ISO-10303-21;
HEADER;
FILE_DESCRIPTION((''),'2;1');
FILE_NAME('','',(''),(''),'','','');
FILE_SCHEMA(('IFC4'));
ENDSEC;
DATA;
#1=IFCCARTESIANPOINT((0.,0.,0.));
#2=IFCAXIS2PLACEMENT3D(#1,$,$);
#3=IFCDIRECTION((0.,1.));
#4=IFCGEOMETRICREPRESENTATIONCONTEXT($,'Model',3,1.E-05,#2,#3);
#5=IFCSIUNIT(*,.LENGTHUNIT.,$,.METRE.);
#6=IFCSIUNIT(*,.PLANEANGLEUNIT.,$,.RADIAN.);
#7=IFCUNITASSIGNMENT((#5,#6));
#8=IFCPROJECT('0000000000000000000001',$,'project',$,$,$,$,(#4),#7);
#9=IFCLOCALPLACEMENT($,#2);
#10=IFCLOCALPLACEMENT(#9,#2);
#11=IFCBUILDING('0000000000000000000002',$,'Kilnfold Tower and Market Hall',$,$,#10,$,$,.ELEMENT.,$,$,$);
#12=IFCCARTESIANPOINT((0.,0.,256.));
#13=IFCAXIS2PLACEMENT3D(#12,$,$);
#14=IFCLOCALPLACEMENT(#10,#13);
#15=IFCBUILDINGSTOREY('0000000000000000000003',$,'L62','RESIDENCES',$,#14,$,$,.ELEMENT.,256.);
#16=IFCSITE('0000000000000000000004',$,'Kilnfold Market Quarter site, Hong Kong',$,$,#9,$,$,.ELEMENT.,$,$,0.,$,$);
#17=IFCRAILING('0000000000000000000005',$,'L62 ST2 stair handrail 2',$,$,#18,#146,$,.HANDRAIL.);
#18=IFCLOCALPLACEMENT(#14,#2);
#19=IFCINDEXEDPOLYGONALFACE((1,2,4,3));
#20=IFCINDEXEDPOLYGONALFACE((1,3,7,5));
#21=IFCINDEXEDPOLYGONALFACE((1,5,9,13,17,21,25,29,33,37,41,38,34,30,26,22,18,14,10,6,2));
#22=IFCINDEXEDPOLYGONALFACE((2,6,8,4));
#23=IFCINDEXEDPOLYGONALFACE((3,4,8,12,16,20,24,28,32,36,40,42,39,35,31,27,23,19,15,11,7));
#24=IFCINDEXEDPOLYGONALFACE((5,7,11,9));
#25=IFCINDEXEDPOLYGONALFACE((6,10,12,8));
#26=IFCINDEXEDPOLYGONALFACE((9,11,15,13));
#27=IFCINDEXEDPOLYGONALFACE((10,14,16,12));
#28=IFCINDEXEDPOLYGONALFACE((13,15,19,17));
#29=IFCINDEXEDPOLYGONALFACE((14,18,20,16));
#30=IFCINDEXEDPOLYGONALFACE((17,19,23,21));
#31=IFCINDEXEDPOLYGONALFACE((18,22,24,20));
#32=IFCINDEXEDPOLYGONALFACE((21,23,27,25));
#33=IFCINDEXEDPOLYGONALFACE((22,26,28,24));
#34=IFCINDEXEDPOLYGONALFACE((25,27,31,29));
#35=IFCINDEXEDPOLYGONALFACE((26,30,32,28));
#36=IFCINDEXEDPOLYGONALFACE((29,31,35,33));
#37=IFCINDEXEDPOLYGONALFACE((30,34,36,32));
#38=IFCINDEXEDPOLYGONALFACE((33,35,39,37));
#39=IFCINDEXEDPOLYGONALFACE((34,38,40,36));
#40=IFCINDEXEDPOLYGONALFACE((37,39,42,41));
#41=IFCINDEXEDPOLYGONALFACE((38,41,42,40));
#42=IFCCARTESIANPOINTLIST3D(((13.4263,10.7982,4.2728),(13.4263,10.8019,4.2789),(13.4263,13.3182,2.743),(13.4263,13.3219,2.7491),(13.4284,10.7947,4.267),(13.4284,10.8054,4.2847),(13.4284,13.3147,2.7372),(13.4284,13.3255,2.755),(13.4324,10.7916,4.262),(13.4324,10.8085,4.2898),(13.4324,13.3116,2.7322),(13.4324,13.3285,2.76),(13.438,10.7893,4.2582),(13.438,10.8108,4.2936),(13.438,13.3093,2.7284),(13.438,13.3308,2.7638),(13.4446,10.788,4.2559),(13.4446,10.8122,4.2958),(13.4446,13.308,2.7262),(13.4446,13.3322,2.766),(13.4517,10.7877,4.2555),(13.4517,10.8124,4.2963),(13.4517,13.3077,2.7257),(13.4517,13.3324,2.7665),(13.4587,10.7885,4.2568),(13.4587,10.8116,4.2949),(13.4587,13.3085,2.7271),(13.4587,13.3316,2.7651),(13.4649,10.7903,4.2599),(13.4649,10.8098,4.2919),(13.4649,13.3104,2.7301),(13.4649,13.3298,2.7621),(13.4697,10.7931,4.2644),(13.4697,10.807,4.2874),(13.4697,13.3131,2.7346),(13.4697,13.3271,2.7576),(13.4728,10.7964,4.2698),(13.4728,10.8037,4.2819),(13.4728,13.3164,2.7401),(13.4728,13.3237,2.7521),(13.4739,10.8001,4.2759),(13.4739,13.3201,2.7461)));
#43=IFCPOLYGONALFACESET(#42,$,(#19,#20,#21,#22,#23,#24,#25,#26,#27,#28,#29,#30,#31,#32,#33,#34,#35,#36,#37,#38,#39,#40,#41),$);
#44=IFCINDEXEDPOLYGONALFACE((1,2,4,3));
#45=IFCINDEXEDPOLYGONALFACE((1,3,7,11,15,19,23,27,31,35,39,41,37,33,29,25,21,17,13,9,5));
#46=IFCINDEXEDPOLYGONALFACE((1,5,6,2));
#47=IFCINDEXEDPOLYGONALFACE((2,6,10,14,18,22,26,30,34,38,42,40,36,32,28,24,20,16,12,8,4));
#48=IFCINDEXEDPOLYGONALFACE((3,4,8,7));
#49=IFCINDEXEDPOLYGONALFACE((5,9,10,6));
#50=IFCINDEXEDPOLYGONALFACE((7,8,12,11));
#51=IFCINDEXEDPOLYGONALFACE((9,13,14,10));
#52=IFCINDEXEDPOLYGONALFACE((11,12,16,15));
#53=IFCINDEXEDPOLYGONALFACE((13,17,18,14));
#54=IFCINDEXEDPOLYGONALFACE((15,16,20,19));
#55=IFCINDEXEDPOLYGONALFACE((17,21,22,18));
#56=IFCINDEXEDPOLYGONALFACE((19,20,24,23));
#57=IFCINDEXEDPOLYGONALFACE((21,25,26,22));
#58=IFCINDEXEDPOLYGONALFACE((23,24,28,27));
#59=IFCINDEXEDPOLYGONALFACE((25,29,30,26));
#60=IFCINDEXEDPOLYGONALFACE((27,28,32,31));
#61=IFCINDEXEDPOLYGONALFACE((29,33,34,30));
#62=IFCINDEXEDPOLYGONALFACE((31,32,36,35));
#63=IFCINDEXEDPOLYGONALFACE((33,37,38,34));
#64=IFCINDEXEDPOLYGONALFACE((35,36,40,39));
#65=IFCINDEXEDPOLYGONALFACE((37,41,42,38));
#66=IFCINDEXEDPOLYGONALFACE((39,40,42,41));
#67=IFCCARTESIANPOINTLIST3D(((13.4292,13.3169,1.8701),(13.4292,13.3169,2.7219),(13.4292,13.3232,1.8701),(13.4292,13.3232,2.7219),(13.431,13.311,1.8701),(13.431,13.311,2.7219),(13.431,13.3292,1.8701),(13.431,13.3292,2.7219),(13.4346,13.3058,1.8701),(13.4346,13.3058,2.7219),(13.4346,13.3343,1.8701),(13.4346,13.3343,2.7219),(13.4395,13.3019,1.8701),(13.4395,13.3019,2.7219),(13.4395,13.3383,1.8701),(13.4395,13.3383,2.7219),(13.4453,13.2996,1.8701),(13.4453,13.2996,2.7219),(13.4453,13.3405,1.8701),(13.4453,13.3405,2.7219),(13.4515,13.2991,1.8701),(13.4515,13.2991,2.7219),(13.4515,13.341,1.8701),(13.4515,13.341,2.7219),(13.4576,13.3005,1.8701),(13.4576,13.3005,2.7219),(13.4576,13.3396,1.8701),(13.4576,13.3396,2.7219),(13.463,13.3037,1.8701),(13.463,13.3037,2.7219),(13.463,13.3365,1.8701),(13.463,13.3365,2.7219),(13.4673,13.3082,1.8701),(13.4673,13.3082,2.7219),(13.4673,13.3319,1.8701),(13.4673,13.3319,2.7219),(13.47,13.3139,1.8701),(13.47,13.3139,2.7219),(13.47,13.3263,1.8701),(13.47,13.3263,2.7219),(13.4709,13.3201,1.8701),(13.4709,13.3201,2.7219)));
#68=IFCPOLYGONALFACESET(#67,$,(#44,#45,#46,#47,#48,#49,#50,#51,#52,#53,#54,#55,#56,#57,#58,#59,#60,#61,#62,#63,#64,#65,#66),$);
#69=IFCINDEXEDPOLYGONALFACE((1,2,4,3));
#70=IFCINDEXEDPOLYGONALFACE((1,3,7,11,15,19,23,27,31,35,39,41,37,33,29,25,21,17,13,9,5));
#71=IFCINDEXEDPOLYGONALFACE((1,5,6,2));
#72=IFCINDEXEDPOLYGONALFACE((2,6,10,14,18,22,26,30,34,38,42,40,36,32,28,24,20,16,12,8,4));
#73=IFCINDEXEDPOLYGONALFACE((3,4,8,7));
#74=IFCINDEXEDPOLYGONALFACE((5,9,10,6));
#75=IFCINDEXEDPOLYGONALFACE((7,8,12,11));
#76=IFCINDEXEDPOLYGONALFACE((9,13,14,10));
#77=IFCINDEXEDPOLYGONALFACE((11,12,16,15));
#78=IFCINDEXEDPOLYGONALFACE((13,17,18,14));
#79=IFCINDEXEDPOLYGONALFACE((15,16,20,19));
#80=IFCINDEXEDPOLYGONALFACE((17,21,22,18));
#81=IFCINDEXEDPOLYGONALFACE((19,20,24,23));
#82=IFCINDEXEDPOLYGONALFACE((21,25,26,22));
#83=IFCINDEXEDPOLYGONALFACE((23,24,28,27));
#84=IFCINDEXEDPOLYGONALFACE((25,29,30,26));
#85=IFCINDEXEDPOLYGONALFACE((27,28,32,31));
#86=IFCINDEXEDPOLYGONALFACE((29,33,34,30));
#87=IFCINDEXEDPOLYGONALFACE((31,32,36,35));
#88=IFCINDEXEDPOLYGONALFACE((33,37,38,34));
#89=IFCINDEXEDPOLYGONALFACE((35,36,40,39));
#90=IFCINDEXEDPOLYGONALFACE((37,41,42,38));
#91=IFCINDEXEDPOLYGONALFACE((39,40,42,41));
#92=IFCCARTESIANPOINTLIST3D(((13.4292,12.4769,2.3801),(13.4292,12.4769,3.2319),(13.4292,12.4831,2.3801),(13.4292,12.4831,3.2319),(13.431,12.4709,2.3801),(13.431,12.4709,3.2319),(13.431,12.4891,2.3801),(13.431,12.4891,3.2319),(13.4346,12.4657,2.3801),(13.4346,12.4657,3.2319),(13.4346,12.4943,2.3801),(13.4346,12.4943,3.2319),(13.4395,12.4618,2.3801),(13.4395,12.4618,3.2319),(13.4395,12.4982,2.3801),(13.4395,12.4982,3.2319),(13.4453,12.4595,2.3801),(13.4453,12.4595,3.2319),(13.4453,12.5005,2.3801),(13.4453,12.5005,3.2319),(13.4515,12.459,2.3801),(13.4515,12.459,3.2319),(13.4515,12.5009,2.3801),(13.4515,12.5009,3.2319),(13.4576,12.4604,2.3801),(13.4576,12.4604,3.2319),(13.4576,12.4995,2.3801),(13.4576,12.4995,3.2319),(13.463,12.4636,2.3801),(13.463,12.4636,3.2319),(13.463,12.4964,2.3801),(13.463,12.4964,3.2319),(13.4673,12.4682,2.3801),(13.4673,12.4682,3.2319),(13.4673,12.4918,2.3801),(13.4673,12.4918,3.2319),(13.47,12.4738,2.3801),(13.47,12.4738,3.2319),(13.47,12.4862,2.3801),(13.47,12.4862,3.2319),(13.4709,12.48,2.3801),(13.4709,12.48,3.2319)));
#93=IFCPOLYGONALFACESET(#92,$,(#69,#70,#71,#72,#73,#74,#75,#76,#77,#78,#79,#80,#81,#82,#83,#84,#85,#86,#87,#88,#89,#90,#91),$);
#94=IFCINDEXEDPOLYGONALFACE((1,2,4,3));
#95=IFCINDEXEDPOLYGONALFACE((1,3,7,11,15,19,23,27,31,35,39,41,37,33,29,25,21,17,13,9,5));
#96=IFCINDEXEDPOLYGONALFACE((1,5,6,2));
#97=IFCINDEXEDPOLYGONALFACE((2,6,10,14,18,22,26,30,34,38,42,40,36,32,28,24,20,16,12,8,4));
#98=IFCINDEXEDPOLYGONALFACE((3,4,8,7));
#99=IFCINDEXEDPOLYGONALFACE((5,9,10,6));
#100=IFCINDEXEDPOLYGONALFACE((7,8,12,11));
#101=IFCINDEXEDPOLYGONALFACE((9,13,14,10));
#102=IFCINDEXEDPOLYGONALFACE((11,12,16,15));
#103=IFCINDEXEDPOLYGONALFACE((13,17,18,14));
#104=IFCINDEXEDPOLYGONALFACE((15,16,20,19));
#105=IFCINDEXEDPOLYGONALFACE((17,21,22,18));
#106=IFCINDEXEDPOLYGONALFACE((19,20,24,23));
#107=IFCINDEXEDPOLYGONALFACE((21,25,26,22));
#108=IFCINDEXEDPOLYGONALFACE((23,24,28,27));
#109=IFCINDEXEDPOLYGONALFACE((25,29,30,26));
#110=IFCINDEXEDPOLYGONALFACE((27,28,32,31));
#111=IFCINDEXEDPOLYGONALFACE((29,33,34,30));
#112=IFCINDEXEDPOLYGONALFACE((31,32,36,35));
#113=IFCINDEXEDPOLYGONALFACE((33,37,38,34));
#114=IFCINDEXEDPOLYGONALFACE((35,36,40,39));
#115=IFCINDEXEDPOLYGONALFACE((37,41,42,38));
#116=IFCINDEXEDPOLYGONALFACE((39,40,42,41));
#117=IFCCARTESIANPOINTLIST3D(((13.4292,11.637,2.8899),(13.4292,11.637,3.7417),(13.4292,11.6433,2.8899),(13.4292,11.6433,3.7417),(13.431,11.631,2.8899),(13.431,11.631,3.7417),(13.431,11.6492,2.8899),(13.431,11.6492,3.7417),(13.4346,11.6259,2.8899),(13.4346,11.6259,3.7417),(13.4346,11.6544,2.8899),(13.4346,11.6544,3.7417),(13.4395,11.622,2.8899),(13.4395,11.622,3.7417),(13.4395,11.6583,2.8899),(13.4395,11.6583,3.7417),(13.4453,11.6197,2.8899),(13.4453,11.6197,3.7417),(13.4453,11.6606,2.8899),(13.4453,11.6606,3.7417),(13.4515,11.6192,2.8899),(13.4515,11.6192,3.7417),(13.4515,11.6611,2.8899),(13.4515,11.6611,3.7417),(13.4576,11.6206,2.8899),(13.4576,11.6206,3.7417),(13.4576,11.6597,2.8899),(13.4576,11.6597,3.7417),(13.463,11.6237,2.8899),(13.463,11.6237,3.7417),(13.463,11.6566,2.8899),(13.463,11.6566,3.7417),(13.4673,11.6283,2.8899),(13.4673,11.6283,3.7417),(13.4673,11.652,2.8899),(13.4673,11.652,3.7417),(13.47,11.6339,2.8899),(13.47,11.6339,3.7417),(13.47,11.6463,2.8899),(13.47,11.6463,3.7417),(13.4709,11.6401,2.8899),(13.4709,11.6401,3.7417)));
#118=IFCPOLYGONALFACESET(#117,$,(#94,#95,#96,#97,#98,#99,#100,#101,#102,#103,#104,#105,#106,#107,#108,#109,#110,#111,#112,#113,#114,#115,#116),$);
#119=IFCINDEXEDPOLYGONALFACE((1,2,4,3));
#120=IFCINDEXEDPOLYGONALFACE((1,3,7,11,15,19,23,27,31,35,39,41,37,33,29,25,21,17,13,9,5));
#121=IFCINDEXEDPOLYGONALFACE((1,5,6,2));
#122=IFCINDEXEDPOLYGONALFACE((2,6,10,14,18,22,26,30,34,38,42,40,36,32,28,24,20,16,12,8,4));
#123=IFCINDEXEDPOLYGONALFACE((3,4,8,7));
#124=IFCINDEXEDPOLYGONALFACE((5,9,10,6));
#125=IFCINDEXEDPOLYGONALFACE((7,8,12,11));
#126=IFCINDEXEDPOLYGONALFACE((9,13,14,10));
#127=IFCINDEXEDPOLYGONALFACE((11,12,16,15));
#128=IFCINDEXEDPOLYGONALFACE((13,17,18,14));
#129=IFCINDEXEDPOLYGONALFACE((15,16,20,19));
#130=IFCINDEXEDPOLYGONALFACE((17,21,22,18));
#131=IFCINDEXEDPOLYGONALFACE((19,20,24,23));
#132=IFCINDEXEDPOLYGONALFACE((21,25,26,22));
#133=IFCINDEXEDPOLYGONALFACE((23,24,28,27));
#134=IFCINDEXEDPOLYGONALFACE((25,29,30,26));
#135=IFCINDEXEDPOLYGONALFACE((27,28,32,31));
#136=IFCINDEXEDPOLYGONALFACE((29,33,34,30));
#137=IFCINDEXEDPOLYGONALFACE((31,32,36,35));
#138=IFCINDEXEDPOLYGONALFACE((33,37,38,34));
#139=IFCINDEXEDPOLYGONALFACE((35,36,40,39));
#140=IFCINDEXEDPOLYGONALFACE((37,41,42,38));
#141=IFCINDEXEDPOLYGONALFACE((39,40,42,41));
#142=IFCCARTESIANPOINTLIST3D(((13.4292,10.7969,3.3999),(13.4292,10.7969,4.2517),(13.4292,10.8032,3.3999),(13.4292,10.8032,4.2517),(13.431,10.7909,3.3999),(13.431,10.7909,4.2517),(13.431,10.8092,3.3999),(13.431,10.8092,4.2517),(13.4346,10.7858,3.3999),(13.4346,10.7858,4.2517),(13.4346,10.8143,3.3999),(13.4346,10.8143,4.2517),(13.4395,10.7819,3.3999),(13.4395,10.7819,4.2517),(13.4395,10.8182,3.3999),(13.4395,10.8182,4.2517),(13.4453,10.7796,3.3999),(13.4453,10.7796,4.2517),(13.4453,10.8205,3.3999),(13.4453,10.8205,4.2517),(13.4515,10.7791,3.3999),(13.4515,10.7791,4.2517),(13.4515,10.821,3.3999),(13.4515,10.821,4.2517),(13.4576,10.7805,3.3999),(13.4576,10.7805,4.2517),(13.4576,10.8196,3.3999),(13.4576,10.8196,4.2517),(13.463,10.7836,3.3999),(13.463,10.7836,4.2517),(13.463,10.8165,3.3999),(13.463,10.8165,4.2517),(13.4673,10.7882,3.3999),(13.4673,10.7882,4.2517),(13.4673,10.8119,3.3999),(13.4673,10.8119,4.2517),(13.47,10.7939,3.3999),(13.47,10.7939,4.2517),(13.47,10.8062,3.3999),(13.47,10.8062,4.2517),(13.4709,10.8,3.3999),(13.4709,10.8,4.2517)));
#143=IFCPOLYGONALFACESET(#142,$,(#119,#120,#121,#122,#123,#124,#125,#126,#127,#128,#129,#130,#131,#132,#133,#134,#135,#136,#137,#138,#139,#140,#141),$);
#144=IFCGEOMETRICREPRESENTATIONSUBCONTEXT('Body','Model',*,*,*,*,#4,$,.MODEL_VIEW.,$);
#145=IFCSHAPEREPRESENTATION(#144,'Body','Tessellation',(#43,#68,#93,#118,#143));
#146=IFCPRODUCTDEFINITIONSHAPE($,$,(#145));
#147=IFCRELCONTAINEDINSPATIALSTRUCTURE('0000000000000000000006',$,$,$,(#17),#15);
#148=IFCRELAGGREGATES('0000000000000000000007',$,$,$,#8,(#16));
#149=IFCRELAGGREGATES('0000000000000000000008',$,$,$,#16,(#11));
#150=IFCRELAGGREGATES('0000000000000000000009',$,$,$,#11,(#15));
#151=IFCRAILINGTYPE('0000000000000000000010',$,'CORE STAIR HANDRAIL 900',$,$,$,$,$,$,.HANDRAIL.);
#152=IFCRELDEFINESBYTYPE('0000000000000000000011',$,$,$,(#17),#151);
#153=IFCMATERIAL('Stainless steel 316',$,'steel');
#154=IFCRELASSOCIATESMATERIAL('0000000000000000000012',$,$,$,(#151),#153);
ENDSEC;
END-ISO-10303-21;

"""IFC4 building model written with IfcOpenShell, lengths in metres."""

from ifc_helpers import new_model, si_unit, direction, frame, origin, origin_2d, place, context, subcontext, project, spatial, circle, extrude, material, type_object, element, save


model = new_model("IFC4")

# Units and contexts
model_context = context("Model", 3, precision=1e-05, world=origin(), true_north=direction((0.0, 1.0)))
body_context = subcontext(model_context, "Body", "Model", "MODEL_VIEW")
ifc_project = project(units=[si_unit("LENGTHUNIT", "METRE"), si_unit("PLANEANGLEUNIT", "RADIAN")], contexts=[model_context])

# Site, building, storey
site_placement = place(None, origin())
site = spatial("IfcSite", under=ifc_project, at=site_placement, Name="Kilnfold Market Quarter site, Hong Kong", CompositionType="ELEMENT", RefElevation=0.0)
building_placement = place(site_placement, origin())
building = spatial("IfcBuilding", under=site, at=building_placement, Name="Kilnfold Tower and Market Hall", CompositionType="ELEMENT")
storey_placement = place(building_placement, frame((0.0, 0.0, 256.0)))
storey = spatial("IfcBuildingStorey", under=building, at=storey_placement, Name="L62", Description="RESIDENCES", CompositionType="ELEMENT", Elevation=256.0)

# Railing
ifc_material_1 = material(Name="Stainless steel 316", Category="steel")
railing_type_1 = type_object("IfcRailingType", Name="CORE STAIR HANDRAIL 900", PredefinedType="HANDRAIL", material=ifc_material_1)
railing_1_placement = place(storey_placement, frame((13.45, 13.3201, 1.8701)))
element("IfcRailing", 1, at=railing_1_placement, inside=storey, type_object=railing_type_1, Name="L62 ST2 stair handrail 2", PredefinedType="HANDRAIL", context=body_context, shape_type="SweptSolid", body=[
    extrude(circle(Radius=0.0239, at=origin_2d()), frame((0.0, 0.0, 0.876), z_axis=(0.0, -0.854822, 0.518922), x_axis=(1.0, 0.0, 0.0)), (0.0, 0.0, 1.0), 2.948),
    extrude(circle(Radius=0.021, at=origin_2d()), origin(), (0.0, 0.0, 1.0), 0.8518),
    extrude(circle(Radius=0.021, at=origin_2d()), frame((0.0, -0.8401, 0.51)), (0.0, 0.0, 1.0), 0.8518),
    extrude(circle(Radius=0.021, at=origin_2d()), frame((0.0, -1.6799, 1.0198)), (0.0, 0.0, 1.0), 0.8518),
    extrude(circle(Radius=0.021, at=origin_2d()), frame((0.0, -2.52, 1.5298)), (0.0, 0.0, 1.0), 0.8518),
])

save(model, "model.ifc")
